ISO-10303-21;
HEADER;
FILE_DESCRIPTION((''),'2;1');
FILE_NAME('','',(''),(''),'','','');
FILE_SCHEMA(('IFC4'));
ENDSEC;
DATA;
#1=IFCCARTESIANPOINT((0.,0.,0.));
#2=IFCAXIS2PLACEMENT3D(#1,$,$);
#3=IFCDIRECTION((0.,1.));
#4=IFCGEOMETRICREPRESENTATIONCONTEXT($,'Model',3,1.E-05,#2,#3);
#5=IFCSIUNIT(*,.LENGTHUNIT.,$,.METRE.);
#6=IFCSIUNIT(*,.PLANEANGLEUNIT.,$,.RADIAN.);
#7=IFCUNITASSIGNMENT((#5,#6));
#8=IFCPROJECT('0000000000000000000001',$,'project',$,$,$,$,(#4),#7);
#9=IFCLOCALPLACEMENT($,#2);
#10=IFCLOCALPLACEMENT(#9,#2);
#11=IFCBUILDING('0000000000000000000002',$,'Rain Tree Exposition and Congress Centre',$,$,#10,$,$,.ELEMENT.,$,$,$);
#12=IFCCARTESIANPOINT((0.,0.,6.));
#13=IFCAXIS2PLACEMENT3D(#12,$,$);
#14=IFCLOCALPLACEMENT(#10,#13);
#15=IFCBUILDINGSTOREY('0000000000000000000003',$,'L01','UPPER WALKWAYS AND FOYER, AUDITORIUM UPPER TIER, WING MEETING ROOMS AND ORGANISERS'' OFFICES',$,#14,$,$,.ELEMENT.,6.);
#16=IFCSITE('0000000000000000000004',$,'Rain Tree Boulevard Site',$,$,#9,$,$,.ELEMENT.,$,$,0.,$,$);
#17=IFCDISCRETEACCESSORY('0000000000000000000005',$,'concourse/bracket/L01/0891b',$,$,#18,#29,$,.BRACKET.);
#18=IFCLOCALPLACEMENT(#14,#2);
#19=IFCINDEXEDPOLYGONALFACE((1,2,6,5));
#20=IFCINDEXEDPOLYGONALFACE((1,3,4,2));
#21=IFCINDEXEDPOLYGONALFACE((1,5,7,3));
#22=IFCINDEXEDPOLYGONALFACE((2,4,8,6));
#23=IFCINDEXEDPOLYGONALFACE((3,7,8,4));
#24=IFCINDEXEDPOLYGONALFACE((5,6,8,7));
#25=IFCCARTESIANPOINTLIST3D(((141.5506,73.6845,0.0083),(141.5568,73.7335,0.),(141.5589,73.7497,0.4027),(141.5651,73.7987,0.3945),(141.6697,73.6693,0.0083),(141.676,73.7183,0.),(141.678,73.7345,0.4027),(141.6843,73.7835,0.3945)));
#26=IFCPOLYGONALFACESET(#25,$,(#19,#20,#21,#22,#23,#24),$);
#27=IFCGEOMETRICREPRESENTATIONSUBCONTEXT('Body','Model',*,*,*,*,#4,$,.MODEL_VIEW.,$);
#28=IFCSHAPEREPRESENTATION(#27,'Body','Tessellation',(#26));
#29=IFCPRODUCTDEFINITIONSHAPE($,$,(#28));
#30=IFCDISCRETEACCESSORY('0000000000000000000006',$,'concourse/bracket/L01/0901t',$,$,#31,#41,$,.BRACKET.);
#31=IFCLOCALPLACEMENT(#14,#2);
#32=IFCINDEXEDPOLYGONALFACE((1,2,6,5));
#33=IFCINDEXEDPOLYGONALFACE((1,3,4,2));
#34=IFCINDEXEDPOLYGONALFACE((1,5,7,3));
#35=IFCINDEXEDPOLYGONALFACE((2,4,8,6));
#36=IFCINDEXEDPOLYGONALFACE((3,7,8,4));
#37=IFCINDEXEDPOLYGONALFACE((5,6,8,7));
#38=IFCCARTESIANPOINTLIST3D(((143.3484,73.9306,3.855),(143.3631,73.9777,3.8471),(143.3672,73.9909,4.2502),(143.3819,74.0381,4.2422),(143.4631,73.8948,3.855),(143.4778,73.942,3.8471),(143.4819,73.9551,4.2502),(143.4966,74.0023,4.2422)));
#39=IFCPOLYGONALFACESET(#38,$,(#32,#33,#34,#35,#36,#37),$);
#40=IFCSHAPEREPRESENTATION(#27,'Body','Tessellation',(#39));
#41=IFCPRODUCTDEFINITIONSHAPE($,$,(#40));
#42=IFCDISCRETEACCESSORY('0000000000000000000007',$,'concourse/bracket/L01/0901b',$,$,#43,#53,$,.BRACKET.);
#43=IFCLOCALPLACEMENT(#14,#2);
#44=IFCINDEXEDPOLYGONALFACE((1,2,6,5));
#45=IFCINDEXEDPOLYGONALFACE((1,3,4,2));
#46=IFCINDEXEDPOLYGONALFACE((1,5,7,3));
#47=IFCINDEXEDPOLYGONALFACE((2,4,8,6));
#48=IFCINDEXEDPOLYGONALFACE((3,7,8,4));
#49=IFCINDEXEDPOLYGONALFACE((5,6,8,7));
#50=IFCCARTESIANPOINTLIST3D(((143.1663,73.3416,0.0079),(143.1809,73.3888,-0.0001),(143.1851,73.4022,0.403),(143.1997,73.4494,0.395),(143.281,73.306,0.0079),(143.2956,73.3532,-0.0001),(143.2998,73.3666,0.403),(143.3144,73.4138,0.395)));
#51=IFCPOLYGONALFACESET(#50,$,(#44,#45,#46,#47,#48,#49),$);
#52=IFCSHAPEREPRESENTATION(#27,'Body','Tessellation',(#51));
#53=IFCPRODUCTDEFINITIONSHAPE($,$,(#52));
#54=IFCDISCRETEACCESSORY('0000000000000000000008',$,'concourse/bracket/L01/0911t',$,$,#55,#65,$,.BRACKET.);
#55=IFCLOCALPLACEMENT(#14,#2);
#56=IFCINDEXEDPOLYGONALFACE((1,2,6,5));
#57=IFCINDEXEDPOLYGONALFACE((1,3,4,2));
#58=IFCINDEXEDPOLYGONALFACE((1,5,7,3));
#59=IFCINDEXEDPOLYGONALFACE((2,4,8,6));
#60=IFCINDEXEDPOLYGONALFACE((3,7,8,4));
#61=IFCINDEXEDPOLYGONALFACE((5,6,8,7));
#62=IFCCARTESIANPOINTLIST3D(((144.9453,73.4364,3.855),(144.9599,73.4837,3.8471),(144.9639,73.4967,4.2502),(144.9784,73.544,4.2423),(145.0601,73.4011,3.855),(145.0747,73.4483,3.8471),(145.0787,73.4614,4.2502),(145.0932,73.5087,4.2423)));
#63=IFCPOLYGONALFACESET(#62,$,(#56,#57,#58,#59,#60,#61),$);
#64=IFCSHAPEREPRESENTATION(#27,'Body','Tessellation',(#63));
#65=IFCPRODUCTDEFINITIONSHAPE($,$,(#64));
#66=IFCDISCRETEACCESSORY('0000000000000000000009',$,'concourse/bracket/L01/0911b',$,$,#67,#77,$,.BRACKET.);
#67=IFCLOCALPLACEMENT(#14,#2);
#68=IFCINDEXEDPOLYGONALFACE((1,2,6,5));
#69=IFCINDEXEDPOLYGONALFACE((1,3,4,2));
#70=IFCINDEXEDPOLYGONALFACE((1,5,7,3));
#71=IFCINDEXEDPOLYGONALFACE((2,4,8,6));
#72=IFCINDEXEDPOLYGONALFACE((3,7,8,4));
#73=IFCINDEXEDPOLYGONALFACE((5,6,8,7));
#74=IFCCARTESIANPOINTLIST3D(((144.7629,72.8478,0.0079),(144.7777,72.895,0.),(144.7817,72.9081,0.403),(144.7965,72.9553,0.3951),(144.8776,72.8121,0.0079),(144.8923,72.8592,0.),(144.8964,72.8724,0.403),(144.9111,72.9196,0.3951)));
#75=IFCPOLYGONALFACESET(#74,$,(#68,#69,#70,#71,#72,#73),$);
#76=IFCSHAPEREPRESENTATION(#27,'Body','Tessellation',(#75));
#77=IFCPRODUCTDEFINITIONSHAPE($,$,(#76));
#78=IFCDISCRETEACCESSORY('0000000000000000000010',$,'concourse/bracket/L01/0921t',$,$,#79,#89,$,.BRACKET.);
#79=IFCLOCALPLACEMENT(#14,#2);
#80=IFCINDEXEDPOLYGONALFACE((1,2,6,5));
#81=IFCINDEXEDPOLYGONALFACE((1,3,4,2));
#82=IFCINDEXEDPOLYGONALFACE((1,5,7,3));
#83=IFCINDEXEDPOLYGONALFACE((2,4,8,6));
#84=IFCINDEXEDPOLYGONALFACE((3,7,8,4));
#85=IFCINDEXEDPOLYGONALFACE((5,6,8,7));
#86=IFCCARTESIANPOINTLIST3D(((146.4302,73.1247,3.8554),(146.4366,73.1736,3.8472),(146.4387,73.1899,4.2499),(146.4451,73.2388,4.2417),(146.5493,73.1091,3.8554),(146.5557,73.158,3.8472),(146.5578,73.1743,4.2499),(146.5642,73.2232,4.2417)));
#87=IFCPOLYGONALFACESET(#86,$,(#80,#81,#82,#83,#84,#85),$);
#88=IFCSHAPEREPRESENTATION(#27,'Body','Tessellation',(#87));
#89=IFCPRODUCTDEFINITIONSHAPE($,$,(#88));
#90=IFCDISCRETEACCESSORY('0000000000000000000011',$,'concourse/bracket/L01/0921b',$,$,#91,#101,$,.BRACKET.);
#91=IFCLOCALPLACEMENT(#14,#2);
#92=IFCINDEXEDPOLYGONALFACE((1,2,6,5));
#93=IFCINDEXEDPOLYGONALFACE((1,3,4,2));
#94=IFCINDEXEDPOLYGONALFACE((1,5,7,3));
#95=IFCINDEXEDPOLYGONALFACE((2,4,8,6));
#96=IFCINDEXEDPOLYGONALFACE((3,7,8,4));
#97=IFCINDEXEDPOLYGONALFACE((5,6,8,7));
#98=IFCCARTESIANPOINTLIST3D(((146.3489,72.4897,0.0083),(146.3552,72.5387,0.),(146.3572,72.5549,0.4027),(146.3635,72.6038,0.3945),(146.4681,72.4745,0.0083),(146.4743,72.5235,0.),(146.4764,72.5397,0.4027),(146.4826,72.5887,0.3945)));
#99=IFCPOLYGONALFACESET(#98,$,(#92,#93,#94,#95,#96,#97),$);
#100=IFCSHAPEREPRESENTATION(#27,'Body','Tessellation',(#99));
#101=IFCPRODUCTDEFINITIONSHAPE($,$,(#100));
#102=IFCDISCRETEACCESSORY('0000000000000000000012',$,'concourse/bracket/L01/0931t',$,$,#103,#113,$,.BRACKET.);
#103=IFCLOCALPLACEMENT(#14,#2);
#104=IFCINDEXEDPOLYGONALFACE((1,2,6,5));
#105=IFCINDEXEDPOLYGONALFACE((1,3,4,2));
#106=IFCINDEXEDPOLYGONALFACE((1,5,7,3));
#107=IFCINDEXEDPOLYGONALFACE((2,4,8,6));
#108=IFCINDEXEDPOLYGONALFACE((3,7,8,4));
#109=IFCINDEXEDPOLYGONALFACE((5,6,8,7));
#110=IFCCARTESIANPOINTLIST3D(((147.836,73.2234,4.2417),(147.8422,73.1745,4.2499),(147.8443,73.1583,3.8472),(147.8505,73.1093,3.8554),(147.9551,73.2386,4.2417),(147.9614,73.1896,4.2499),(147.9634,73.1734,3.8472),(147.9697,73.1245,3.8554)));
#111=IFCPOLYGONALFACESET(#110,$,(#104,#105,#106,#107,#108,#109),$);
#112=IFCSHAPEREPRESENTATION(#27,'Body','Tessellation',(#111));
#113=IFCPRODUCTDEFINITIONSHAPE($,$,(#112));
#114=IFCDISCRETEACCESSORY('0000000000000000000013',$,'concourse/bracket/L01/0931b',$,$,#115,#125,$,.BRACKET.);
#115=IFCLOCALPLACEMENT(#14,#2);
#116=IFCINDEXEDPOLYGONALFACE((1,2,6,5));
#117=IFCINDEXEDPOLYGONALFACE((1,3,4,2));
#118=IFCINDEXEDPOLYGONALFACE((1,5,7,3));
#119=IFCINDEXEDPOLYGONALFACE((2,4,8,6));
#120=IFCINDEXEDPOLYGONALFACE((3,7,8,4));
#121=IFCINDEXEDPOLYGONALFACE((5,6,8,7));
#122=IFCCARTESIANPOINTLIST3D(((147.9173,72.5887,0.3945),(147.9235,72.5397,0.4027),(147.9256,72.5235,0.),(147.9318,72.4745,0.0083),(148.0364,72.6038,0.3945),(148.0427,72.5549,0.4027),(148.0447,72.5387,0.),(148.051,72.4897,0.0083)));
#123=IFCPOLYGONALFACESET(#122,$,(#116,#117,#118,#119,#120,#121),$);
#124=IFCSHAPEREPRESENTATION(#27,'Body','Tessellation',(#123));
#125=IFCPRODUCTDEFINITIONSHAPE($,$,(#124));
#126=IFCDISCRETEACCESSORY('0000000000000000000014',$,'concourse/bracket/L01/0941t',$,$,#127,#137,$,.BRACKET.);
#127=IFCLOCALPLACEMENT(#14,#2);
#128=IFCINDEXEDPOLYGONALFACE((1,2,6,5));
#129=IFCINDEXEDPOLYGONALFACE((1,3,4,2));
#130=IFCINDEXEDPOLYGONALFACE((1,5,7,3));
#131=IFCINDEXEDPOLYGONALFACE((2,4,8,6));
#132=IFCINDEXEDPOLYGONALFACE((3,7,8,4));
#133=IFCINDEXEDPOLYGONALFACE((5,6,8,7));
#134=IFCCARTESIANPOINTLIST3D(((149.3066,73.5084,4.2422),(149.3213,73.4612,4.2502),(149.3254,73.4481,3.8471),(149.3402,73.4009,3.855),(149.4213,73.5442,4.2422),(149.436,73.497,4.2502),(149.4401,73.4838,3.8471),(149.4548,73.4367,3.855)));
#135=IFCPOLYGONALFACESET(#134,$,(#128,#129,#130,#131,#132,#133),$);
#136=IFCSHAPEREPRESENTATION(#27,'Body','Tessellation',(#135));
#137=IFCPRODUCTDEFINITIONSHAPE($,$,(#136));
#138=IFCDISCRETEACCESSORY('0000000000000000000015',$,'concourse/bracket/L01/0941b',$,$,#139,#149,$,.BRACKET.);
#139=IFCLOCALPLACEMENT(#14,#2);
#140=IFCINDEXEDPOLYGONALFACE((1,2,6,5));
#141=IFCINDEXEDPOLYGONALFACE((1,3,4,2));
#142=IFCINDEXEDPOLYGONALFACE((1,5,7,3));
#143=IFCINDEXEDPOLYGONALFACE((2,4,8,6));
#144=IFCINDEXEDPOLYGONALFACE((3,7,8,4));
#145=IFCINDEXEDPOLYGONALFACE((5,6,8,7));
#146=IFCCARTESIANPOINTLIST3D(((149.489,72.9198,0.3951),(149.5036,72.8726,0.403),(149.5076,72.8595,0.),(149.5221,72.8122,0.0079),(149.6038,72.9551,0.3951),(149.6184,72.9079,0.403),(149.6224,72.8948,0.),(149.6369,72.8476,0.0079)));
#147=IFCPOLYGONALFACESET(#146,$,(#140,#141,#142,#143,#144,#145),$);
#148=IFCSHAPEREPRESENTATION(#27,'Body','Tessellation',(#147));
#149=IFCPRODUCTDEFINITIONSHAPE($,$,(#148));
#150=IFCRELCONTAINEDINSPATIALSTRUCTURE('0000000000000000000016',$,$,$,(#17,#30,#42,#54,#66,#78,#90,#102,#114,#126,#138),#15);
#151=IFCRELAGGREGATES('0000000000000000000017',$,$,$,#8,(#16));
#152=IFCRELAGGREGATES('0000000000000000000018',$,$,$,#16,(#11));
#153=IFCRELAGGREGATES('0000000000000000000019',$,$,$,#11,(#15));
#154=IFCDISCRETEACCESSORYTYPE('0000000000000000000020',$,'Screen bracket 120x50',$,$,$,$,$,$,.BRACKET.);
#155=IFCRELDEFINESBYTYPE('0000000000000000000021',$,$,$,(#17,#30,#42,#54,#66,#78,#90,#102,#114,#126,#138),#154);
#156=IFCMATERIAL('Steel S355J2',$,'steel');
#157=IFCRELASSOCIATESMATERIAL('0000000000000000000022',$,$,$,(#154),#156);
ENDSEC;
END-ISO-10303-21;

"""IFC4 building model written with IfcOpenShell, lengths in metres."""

from ifc_helpers import new_model, si_unit, direction, frame, origin, origin_2d, place, context, subcontext, project, spatial, rectangle, extrude, material, material_profile, profile_set, type_object, element, save


model = new_model("IFC4")

# Units and contexts
model_context = context("Model", 3, precision=1e-05, world=origin(), true_north=direction((0.0, 1.0)))
body_context = subcontext(model_context, "Body", "Model", "MODEL_VIEW")
ifc_project = project(units=[si_unit("LENGTHUNIT", "METRE"), si_unit("PLANEANGLEUNIT", "RADIAN")], contexts=[model_context])

# Site, building, storey
site_placement = place(None, origin())
site = spatial("IfcSite", under=ifc_project, at=site_placement, Name="Rain Tree Boulevard Site", CompositionType="ELEMENT", RefElevation=0.0)
building_placement = place(site_placement, origin())
building = spatial("IfcBuilding", under=site, at=building_placement, Name="Rain Tree Exposition and Congress Centre", CompositionType="ELEMENT")
storey_placement = place(building_placement, frame((0.0, 0.0, 6.0)))
storey = spatial("IfcBuildingStorey", under=building, at=storey_placement, Name="L01", Description="UPPER WALKWAYS AND FOYER, AUDITORIUM UPPER TIER, WING MEETING ROOMS AND ORGANISERS' OFFICES", CompositionType="ELEMENT", Elevation=6.0)

# Discrete accessories
ifc_material_1 = material(Name="Steel S355J2", Category="steel")
ifc_material_profile_1 = material_profile(ifc_material_1, rectangle(XDim=0.1201, YDim=0.05, at=origin_2d()), Name="Flat bar 120x50")
ifc_profile_set_1 = profile_set([ifc_material_profile_1], Name="Steel S355J2")
discrete_accessory_type = type_object("IfcDiscreteAccessoryType", Name="Screen bracket 120x50", PredefinedType="BRACKET", material=ifc_profile_set_1)
for number, where, z_axis, x_axis, name in (
    (1, (141.6133, 73.7014, 0.0042), (0.020754, 0.162978, 0.986411), (-0.991989, 0.126321, 0.0), "concourse/bracket/L01/0891b"),
):
    element("IfcDiscreteAccessory", number, at=place(storey_placement, frame(where, z_axis=z_axis, x_axis=x_axis)), inside=storey, type_object=discrete_accessory_type, Name=name, PredefinedType="BRACKET", context=body_context, shape_type="SweptSolid", body=[
        extrude(rectangle(XDim=0.1201, YDim=0.05, at=origin_2d()), origin(), (0.0, 0.0, 1.0), 0.3999),
    ])
for number, where, z_axis, x_axis, name in (
    (2, (143.4131, 73.9363, 3.8511), (0.046993, 0.150743, 0.987456), (-0.954686, 0.297615, 0.0), "concourse/bracket/L01/0901t"),
    (3, (143.231, 73.3474, 0.0039), (0.046988, 0.151339, 0.987364), (-0.955027, 0.29652, 0.0), "concourse/bracket/L01/0901b"),
    (4, (145.01, 73.4424, 3.8511), (0.046384, 0.150747, 0.987484), (-0.955779, 0.294086, 0.0), "concourse/bracket/L01/0911t"),
    (5, (144.8276, 72.8535, 0.0039), (0.046993, 0.150743, 0.987456), (-0.954686, 0.297615, 0.0), "concourse/bracket/L01/0911b"),
):
    element("IfcDiscreteAccessory", number, at=place(storey_placement, frame(where, z_axis=z_axis, x_axis=x_axis)), inside=storey, type_object=discrete_accessory_type, Name=name, PredefinedType="BRACKET", context=body_context, shape_type="SweptSolid", body=[
        extrude(rectangle(XDim=0.1201, YDim=0.05, at=origin_2d()), origin(), (0.0, 0.0, 1.0), 0.4001),
    ])
for number, where, z_axis, x_axis, name in (
    (6, (146.4929, 73.1414, 3.8513), (0.021364, 0.162976, 0.986399), (-0.991517, 0.129974, 0.0), "concourse/bracket/L01/0921t"),
    (7, (146.4116, 72.5066, 0.0042), (0.020754, 0.162978, 0.986411), (-0.991989, 0.126321, 0.0), "concourse/bracket/L01/0921b"),
    (8, (147.907, 73.1414, 3.8513), (-0.020754, 0.162978, 0.986411), (-0.991989, -0.126321, 0.0), "concourse/bracket/L01/0931t"),
    (9, (147.9883, 72.5066, 0.0042), (-0.020754, 0.162978, 0.986411), (-0.991989, -0.126321, 0.0), "concourse/bracket/L01/0931b"),
):
    element("IfcDiscreteAccessory", number, at=place(storey_placement, frame(where, z_axis=z_axis, x_axis=x_axis)), inside=storey, type_object=discrete_accessory_type, Name=name, PredefinedType="BRACKET", context=body_context, shape_type="SweptSolid", body=[
        extrude(rectangle(XDim=0.1201, YDim=0.05, at=origin_2d()), origin(), (0.0, 0.0, 1.0), 0.3999),
    ])
for number, where, z_axis, x_axis, name in (
    (10, (149.3901, 73.4424, 3.8511), (-0.046993, 0.150743, 0.987456), (-0.954686, -0.297615, 0.0), "concourse/bracket/L01/0941t"),
    (11, (149.5723, 72.8535, 0.0039), (-0.046384, 0.150747, 0.987484), (-0.955779, -0.294086, 0.0), "concourse/bracket/L01/0941b"),
):
    element("IfcDiscreteAccessory", number, at=place(storey_placement, frame(where, z_axis=z_axis, x_axis=x_axis)), inside=storey, type_object=discrete_accessory_type, Name=name, PredefinedType="BRACKET", context=body_context, shape_type="SweptSolid", body=[
        extrude(rectangle(XDim=0.1201, YDim=0.05, at=origin_2d()), origin(), (0.0, 0.0, 1.0), 0.4001),
    ])

save(model, "model.ifc")
